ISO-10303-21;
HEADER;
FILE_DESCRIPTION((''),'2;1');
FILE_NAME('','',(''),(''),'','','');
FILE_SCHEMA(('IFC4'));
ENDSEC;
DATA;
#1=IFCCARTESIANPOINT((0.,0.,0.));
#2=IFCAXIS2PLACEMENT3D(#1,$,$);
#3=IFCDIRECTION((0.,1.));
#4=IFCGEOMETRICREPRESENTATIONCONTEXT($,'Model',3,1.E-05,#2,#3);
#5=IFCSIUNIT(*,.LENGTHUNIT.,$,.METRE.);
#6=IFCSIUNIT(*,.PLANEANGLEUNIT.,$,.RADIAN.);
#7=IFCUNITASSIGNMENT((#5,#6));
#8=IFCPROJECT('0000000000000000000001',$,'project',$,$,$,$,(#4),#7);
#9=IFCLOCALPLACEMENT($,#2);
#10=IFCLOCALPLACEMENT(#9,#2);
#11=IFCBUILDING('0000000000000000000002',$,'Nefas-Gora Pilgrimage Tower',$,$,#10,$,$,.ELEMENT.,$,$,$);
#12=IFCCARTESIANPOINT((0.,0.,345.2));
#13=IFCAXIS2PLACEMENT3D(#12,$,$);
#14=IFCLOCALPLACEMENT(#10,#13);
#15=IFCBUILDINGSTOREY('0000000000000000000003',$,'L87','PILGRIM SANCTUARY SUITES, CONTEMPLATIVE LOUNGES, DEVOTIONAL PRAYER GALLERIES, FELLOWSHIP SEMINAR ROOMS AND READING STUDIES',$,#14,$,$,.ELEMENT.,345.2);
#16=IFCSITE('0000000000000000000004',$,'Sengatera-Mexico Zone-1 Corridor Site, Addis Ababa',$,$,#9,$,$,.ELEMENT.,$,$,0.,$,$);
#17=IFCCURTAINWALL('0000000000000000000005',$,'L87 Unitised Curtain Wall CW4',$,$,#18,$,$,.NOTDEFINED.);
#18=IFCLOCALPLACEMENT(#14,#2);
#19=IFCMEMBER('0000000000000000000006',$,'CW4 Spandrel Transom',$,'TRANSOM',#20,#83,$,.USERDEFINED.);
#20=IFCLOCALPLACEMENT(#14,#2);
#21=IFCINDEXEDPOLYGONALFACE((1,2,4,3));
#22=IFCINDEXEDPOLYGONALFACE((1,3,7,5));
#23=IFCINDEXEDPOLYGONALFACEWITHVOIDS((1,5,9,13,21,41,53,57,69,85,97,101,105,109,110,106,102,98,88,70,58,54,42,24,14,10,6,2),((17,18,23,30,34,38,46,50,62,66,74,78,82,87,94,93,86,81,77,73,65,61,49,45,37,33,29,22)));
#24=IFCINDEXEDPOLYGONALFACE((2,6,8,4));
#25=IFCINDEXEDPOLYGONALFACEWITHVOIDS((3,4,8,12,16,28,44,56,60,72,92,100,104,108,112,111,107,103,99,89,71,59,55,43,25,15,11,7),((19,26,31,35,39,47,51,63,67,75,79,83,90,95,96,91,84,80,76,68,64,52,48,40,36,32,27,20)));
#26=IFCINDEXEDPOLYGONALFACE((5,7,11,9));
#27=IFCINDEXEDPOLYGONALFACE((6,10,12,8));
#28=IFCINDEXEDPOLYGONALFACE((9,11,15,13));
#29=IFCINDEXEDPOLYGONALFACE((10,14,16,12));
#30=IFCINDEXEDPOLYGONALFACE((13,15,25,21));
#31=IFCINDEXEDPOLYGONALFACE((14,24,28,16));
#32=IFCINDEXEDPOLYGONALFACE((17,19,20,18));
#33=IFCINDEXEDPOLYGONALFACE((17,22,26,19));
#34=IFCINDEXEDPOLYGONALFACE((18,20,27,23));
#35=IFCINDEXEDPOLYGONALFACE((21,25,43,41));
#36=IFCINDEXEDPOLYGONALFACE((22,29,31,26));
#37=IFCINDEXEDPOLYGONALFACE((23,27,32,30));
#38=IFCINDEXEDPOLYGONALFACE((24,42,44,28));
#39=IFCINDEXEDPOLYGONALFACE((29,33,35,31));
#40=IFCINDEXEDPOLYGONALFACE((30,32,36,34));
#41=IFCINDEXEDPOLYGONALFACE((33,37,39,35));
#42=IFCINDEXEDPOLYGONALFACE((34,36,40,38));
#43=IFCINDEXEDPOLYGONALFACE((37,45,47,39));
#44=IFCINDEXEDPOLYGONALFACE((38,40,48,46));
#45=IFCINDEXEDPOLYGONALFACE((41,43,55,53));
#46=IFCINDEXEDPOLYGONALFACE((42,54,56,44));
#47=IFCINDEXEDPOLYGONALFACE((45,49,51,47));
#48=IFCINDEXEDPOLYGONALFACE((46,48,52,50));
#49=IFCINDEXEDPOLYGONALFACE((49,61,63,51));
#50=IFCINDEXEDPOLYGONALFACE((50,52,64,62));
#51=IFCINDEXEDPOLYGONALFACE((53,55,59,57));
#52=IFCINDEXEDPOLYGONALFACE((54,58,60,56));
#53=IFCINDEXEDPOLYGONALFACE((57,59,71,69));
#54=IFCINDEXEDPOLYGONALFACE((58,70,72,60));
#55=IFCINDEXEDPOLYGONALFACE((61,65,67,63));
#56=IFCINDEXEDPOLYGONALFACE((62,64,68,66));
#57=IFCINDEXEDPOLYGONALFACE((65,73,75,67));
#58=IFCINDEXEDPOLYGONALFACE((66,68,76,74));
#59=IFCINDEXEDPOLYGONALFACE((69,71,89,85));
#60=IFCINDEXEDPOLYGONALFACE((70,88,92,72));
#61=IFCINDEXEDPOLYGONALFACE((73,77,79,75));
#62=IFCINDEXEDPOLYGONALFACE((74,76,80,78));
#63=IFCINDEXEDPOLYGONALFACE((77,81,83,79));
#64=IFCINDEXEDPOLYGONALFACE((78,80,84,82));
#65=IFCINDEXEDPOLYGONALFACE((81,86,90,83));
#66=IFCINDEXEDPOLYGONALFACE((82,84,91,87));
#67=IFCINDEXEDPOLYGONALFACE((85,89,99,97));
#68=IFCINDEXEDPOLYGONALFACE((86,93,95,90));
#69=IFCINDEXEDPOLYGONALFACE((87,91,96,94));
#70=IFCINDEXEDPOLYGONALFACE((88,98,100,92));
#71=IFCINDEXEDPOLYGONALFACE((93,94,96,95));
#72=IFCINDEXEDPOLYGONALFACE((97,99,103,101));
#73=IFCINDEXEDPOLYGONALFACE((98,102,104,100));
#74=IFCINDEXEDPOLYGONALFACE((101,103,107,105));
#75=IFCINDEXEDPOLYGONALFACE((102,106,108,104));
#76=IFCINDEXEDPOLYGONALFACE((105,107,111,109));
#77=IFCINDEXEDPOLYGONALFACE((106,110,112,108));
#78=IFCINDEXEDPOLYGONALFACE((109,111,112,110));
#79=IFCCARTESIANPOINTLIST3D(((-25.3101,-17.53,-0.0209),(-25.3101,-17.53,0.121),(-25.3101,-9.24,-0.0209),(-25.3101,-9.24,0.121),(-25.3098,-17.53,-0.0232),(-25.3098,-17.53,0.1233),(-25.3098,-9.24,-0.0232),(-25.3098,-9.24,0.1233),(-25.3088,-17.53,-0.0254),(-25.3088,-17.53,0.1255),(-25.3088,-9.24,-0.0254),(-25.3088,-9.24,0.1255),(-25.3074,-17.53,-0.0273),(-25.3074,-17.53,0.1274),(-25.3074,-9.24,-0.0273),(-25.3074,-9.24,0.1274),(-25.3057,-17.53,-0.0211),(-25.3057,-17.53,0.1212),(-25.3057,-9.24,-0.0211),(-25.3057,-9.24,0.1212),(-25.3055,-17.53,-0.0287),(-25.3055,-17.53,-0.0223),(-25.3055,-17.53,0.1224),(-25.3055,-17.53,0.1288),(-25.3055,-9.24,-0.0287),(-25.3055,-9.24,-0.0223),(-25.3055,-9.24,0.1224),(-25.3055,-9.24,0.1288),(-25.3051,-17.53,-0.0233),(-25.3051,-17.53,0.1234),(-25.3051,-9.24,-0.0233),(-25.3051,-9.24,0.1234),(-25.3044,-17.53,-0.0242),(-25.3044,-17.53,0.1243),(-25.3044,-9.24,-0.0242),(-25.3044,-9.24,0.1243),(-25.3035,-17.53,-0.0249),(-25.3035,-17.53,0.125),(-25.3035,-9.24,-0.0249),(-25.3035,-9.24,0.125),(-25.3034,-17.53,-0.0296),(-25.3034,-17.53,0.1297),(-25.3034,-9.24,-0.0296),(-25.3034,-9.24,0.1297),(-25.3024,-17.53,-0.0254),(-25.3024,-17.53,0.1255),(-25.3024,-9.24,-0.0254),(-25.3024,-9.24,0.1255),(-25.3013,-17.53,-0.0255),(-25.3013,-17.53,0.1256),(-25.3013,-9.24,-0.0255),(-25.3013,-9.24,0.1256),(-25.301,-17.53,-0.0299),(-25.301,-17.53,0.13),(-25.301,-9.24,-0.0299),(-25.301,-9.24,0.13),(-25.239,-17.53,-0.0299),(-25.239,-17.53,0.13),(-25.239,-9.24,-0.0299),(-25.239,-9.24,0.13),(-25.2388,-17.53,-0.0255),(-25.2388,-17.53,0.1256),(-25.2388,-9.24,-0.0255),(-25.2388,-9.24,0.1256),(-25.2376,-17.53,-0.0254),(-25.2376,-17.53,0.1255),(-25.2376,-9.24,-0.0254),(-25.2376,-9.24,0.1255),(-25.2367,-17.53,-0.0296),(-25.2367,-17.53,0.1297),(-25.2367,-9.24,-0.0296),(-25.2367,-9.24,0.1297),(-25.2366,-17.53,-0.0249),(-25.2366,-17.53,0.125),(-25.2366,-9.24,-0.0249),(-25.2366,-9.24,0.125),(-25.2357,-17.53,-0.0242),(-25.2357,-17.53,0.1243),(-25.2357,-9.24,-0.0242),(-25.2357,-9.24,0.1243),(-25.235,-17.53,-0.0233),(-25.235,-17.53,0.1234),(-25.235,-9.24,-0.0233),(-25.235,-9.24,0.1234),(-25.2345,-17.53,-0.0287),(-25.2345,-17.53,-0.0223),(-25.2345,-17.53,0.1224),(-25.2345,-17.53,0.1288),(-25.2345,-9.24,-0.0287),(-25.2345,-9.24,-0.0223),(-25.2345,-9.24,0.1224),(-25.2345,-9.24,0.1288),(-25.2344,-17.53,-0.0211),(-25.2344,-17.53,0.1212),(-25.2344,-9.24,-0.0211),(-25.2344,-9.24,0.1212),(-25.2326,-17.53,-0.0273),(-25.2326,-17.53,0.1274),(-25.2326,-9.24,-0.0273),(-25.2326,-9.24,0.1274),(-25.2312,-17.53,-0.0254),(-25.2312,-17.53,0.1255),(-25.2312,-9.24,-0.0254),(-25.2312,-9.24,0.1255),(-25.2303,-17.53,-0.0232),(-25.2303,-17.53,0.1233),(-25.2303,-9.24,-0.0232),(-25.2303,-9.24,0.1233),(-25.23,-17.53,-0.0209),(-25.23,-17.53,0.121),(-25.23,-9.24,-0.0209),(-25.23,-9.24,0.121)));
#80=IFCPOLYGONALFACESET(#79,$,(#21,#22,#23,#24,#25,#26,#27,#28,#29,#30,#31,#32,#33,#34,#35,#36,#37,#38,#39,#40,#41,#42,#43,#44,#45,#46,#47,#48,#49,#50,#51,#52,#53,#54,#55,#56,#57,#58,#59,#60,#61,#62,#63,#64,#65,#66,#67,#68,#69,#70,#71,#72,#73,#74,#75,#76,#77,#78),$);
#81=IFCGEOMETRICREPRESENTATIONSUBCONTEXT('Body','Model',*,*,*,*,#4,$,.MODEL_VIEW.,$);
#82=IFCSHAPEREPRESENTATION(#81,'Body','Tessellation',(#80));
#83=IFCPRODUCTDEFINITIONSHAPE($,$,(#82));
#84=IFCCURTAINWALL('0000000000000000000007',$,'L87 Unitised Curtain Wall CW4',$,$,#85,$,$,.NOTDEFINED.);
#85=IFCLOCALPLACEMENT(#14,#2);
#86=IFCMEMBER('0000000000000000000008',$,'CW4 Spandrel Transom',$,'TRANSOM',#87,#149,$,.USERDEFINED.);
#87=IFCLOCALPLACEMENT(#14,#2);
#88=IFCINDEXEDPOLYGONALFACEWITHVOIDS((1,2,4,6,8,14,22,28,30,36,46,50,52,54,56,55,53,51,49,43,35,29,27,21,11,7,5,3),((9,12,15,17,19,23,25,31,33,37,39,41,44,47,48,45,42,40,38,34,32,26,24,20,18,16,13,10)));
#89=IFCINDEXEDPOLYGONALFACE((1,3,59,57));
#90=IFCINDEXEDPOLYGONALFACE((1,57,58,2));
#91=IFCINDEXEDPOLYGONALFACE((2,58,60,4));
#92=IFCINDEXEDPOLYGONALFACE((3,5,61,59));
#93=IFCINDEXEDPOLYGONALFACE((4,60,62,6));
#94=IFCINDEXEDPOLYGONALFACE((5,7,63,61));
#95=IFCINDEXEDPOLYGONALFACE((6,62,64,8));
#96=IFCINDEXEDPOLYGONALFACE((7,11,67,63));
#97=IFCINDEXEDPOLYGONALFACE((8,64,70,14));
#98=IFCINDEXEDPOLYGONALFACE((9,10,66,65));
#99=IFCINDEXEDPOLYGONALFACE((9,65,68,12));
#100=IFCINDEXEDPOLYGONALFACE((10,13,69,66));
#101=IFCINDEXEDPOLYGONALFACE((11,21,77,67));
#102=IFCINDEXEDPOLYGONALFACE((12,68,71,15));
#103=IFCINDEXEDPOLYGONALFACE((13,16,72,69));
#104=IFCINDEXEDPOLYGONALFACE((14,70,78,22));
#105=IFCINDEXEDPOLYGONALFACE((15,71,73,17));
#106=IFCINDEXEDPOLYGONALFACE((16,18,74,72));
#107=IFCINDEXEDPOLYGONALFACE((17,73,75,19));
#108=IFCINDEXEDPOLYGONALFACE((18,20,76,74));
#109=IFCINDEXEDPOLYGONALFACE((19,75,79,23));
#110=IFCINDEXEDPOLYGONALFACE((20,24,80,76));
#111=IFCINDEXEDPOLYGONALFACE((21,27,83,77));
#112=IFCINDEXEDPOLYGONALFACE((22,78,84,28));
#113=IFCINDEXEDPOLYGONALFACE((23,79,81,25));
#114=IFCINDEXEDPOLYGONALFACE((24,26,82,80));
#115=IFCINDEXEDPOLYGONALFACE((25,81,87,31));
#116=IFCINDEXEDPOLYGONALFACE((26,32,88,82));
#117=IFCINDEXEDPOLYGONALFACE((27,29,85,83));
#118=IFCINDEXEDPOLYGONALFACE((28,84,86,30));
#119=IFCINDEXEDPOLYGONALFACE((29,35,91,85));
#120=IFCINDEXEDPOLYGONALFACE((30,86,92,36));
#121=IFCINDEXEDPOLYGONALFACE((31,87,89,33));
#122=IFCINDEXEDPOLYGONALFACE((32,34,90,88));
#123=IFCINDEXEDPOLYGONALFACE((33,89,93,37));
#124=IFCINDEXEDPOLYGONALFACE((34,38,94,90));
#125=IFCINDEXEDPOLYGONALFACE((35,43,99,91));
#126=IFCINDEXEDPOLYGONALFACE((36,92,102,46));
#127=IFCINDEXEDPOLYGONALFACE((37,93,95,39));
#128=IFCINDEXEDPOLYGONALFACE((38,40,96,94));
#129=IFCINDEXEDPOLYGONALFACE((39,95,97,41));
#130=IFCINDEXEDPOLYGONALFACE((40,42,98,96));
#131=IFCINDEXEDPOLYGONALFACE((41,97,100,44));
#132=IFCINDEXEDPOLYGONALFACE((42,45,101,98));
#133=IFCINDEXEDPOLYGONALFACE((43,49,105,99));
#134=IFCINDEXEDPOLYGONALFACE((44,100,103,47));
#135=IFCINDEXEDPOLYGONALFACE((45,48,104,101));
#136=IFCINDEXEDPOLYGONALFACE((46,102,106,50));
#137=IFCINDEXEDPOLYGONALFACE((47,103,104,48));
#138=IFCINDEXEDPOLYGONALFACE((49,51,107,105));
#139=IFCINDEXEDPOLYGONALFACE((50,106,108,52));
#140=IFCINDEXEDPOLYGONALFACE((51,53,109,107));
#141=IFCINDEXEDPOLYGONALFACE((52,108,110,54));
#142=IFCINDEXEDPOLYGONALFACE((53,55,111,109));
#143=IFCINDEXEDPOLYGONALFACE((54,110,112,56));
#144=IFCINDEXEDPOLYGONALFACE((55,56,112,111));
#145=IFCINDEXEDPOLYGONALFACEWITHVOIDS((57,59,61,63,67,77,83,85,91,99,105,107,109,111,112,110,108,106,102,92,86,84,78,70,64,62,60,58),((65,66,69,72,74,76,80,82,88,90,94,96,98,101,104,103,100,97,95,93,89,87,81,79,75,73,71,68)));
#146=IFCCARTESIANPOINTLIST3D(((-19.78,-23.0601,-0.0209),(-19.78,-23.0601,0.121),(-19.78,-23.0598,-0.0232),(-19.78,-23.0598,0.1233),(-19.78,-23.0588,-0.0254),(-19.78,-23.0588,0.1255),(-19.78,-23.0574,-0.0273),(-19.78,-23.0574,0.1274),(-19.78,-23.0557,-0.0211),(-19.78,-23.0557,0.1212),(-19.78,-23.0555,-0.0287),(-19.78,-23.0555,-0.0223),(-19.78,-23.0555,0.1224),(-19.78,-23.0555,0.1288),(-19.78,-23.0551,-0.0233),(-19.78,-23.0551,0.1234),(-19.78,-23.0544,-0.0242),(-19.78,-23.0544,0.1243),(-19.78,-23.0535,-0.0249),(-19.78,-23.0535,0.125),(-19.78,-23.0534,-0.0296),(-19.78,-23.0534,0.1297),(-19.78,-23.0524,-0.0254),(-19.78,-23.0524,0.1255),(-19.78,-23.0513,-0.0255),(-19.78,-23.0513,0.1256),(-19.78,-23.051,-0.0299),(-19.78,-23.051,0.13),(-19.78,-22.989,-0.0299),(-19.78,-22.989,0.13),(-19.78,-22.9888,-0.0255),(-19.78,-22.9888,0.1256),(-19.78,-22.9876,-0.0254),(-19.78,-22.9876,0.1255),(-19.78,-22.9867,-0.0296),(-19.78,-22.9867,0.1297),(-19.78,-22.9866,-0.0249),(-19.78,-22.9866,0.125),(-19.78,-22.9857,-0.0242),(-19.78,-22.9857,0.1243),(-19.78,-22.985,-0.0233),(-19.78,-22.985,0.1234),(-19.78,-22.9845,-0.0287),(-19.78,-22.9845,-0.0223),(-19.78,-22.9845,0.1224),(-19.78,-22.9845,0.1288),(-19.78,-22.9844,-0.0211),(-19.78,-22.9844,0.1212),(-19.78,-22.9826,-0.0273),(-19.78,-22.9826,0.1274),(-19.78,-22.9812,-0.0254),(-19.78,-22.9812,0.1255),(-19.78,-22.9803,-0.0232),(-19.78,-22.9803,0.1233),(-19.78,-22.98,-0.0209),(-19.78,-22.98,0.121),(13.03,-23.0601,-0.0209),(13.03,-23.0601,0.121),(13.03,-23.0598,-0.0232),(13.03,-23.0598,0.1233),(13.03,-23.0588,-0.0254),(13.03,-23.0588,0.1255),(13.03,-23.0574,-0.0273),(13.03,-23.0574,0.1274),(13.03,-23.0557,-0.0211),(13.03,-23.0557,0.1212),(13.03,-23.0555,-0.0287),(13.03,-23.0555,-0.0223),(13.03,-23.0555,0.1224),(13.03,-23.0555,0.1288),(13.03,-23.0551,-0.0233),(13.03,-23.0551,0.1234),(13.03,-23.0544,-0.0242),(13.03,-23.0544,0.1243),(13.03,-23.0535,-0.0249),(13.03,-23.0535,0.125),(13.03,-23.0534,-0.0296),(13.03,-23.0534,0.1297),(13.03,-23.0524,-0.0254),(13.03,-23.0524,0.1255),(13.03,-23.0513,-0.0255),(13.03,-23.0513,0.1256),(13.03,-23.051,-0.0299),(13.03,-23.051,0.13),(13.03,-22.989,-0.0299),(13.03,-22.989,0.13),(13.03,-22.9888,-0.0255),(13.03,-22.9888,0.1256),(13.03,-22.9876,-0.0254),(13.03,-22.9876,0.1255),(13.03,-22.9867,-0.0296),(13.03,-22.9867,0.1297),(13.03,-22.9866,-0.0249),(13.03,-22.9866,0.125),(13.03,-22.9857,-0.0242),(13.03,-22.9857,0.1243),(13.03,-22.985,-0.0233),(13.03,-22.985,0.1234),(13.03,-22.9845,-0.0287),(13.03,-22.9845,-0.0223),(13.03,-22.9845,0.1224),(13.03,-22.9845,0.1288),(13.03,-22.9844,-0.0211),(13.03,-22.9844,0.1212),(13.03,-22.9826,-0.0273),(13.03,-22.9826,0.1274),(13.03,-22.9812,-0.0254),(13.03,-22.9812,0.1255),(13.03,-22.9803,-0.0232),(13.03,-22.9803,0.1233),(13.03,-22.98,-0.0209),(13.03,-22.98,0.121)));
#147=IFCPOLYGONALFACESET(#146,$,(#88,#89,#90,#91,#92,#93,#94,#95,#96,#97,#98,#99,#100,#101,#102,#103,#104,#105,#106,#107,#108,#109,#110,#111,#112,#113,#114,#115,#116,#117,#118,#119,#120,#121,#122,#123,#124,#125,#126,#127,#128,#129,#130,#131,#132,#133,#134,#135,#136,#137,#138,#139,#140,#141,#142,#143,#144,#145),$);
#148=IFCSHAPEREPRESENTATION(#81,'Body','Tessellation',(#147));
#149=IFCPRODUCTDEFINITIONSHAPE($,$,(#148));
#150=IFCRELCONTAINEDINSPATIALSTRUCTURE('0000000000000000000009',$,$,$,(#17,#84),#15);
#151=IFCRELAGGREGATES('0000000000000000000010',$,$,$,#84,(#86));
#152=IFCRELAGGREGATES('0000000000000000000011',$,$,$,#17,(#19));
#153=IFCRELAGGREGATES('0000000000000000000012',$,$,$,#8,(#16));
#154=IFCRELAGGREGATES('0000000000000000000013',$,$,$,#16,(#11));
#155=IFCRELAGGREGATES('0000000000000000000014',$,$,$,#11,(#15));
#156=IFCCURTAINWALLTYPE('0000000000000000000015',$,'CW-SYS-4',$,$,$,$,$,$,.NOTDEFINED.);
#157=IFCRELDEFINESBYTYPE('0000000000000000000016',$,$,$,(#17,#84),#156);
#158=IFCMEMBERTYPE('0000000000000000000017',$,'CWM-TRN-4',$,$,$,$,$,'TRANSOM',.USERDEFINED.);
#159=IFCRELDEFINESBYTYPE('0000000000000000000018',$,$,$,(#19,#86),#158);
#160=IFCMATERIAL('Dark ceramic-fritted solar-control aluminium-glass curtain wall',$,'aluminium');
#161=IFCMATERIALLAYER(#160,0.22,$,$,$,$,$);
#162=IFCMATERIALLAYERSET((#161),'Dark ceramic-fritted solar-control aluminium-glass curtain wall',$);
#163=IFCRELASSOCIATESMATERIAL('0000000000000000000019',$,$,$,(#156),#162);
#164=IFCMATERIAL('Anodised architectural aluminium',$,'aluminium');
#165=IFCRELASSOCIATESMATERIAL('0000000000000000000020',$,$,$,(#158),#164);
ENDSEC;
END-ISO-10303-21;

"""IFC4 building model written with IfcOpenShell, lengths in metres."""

from ifc_helpers import new_model, si_unit, direction, frame, origin, origin_2d, place, context, subcontext, project, spatial, hollow_rectangle, extrude, source, transform, mapped, material, layer, layer_set, material_profile, profile_set, type_object, element, aggregate, save


model = new_model("IFC4")

# Units and contexts
model_context = context("Model", 3, precision=1e-05, world=origin(), true_north=direction((0.0, 1.0)))
body_context = subcontext(model_context, "Body", "Model", "MODEL_VIEW")
ifc_project = project(units=[si_unit("LENGTHUNIT", "METRE"), si_unit("PLANEANGLEUNIT", "RADIAN")], contexts=[model_context])

# Site, building, storey
site_placement = place(None, origin())
site = spatial("IfcSite", under=ifc_project, at=site_placement, Name="Sengatera-Mexico Zone-1 Corridor Site, Addis Ababa", CompositionType="ELEMENT", RefElevation=0.0)
building_placement = place(site_placement, origin())
building = spatial("IfcBuilding", under=site, at=building_placement, Name="Nefas-Gora Pilgrimage Tower", CompositionType="ELEMENT")
storey_placement = place(building_placement, frame((0.0, 0.0, 345.2)))
storey = spatial("IfcBuildingStorey", under=building, at=storey_placement, Name="L87", Description="PILGRIM SANCTUARY SUITES, CONTEMPLATIVE LOUNGES, DEVOTIONAL PRAYER GALLERIES, FELLOWSHIP SEMINAR ROOMS AND READING STUDIES", CompositionType="ELEMENT", Elevation=345.2)

# Curtain walls, members
ifc_material_1 = material(Name="Dark ceramic-fritted solar-control aluminium-glass curtain wall", Category="aluminium")
ifc_layer_1 = layer(ifc_material_1, 0.22)
ifc_layer_set_1 = layer_set([ifc_layer_1], Name="Dark ceramic-fritted solar-control aluminium-glass curtain wall")
curtain_wall_type = type_object("IfcCurtainWallType", Name="CW-SYS-4", PredefinedType="NOTDEFINED", material=ifc_layer_set_1)
curtain_wall_1_placement = place(storey_placement, origin())
curtain_wall_1 = element("IfcCurtainWall", 1, at=curtain_wall_1_placement, inside=storey, type_object=curtain_wall_type, Name="L87 Unitised Curtain Wall CW4", PredefinedType="NOTDEFINED")
ifc_material_2 = material(Name="Anodised architectural aluminium", Category="aluminium")
ifc_material_profile_1 = material_profile(ifc_material_2, hollow_rectangle(XDim=0.0801, YDim=0.1599, WallThickness=0.0044, InnerFilletRadius=0.0044, OuterFilletRadius=0.009, at=origin_2d()), Name="ALU TRANSOM 80x160")
ifc_profile_set_1 = profile_set([ifc_material_profile_1], Name="Anodised architectural aluminium")
member_type_1 = type_object("IfcMemberType", Name="CWM-TRN-4", ElementType="TRANSOM", PredefinedType="USERDEFINED", material=ifc_profile_set_1)
shared_shape_1 = source(origin(), body_context, "Body", "SweptSolid", [
    extrude(hollow_rectangle(XDim=0.0801, YDim=0.1599, WallThickness=0.0044, InnerFilletRadius=0.0044, OuterFilletRadius=0.009, at=origin_2d()), origin(), (0.0, 0.0, 1.0), 8.29),
])
member_1_placement = place(storey_placement, frame((-25.27, -9.24, 0.05), z_axis=(0.0, -1.0, 0.0), x_axis=(1.0, 0.0, 0.0)))
member_1 = element("IfcMember", 2, at=member_1_placement, type_object=member_type_1, Name="CW4 Spandrel Transom", ObjectType="TRANSOM", PredefinedType="USERDEFINED", context=body_context, shape_type="MappedRepresentation", body=[
    mapped(shared_shape_1, transform((0.0, 0.0, 0.0), x_axis=(1.0, 0.0, 0.0), y_axis=(0.0, 1.0, 0.0), z_axis=(0.0, 0.0, 1.0), scale=1.0)),
])
curtain_wall_2_placement = place(storey_placement, origin())
curtain_wall_2 = element("IfcCurtainWall", 3, at=curtain_wall_2_placement, inside=storey, type_object=curtain_wall_type, Name="L87 Unitised Curtain Wall CW4", PredefinedType="NOTDEFINED")
shared_shape_2 = source(origin(), body_context, "Body", "SweptSolid", [
    extrude(hollow_rectangle(XDim=0.0801, YDim=0.1599, WallThickness=0.0044, InnerFilletRadius=0.0044, OuterFilletRadius=0.009, at=origin_2d()), origin(), (0.0, 0.0, 1.0), 32.8101),
])
member_2_placement = place(storey_placement, frame((-19.78, -23.02, 0.05), z_axis=(1.0, 0.0, 0.0), x_axis=(0.0, 1.0, 0.0)))
member_2 = element("IfcMember", 4, at=member_2_placement, type_object=member_type_1, Name="CW4 Spandrel Transom", ObjectType="TRANSOM", PredefinedType="USERDEFINED", context=body_context, shape_type="MappedRepresentation", body=[
    mapped(shared_shape_2, transform((0.0, 0.0, 0.0), x_axis=(1.0, 0.0, 0.0), y_axis=(0.0, 1.0, 0.0), z_axis=(0.0, 0.0, 1.0), scale=1.0)),
])

aggregate(curtain_wall_2, [member_2])

aggregate(curtain_wall_1, [member_1])

save(model, "model.ifc")
